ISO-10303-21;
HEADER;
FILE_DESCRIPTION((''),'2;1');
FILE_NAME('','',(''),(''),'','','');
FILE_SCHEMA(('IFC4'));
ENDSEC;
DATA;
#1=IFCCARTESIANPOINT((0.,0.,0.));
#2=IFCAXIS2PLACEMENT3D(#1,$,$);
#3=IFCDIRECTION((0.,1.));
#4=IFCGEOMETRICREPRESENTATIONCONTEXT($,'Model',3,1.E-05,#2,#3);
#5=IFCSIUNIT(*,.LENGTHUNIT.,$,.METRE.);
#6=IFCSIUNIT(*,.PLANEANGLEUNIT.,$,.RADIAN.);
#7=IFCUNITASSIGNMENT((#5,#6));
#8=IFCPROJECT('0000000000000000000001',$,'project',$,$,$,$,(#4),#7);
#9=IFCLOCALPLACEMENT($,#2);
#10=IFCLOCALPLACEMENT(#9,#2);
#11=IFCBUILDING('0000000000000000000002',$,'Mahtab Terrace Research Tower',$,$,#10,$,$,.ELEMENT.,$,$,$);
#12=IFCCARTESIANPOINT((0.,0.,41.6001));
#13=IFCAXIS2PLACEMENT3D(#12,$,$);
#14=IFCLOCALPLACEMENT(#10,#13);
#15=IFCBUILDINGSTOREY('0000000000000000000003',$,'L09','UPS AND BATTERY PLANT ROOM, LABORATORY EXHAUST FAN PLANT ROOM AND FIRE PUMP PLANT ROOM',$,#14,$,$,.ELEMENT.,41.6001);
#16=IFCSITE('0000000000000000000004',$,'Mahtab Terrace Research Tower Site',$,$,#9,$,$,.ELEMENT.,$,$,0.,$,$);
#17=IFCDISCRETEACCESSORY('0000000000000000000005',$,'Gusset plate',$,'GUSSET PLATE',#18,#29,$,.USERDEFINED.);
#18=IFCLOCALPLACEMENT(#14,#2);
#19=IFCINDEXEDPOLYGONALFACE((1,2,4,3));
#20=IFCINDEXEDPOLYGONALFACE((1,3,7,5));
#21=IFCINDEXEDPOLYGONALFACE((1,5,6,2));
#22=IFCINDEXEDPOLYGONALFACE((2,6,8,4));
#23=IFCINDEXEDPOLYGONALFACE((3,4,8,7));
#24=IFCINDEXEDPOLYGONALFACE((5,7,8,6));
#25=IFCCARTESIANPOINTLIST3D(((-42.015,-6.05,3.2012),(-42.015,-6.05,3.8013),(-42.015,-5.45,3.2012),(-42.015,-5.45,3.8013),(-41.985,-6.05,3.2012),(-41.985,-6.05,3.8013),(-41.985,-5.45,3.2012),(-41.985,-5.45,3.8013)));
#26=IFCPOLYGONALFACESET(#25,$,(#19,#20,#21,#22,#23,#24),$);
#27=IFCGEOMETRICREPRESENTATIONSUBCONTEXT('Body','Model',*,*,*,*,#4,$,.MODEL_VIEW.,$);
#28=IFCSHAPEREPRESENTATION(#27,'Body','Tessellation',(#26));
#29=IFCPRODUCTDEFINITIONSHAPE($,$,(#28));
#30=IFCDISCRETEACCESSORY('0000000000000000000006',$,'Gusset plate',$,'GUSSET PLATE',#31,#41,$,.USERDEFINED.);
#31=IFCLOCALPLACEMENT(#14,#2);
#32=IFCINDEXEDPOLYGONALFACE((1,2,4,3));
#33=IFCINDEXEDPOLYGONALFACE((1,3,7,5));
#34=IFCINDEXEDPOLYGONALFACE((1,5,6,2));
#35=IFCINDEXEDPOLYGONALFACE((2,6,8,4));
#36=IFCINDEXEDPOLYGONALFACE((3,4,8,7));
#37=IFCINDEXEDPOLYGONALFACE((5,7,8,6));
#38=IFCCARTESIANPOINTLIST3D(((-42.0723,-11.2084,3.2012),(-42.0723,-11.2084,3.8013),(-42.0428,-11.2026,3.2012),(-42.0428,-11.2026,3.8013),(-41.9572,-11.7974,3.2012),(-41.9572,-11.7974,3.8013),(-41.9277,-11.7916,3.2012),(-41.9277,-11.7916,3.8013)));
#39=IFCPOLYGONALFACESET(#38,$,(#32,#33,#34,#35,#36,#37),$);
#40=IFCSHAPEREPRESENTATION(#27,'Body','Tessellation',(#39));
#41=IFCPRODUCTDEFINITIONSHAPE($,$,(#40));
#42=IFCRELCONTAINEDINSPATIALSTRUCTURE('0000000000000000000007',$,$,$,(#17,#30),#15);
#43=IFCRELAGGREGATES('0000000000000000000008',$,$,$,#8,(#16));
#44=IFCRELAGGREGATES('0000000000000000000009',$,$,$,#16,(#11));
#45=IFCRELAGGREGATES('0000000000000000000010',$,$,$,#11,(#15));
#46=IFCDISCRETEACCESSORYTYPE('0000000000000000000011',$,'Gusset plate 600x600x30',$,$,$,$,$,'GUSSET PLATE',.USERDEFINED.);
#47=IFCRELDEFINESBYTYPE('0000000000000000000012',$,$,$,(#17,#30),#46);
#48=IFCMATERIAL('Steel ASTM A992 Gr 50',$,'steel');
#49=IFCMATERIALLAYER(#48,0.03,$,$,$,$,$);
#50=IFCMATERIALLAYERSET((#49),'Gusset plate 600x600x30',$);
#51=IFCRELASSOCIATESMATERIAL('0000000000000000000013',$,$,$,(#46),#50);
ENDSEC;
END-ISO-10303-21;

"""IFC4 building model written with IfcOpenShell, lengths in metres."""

from ifc_helpers import new_model, si_unit, direction, frame, origin, origin_2d, place, context, subcontext, project, spatial, rectangle, extrude, material, layer, layer_set, type_object, element, save


model = new_model("IFC4")

# Units and contexts
model_context = context("Model", 3, precision=1e-05, world=origin(), true_north=direction((0.0, 1.0)))
body_context = subcontext(model_context, "Body", "Model", "MODEL_VIEW")
ifc_project = project(units=[si_unit("LENGTHUNIT", "METRE"), si_unit("PLANEANGLEUNIT", "RADIAN")], contexts=[model_context])

# Site, building, storey
site_placement = place(None, origin())
site = spatial("IfcSite", under=ifc_project, at=site_placement, Name="Mahtab Terrace Research Tower Site", CompositionType="ELEMENT", RefElevation=0.0)
building_placement = place(site_placement, origin())
building = spatial("IfcBuilding", under=site, at=building_placement, Name="Mahtab Terrace Research Tower", CompositionType="ELEMENT")
storey_placement = place(building_placement, frame((0.0, 0.0, 41.6001)))
storey = spatial("IfcBuildingStorey", under=building, at=storey_placement, Name="L09", Description="UPS AND BATTERY PLANT ROOM, LABORATORY EXHAUST FAN PLANT ROOM AND FIRE PUMP PLANT ROOM", CompositionType="ELEMENT", Elevation=41.6001)

# Shared definitions
ifc_material_1 = material(Name="Steel ASTM A992 Gr 50", Category="steel")

# Discrete accessories
ifc_layer_1 = layer(ifc_material_1, 0.03)
ifc_layer_set_1 = layer_set([ifc_layer_1], Name="Gusset plate 600x600x30")
discrete_accessory_type_1 = type_object("IfcDiscreteAccessoryType", Name="Gusset plate 600x600x30", ElementType="GUSSET PLATE", PredefinedType="USERDEFINED", material=ifc_layer_set_1)
for number, where, z_axis, x_axis, name in (
    (1, (-42.0, -5.75, 3.2012), (0.0, 0.0, 1.0), (0.0, 1.0, 0.0), "Gusset plate"),
    (2, (-42.0, -11.5, 3.2012), (0.0, 0.0, 1.0), (-0.19182, 0.98143, 0.0), "Gusset plate"),
):
    element("IfcDiscreteAccessory", number, at=place(storey_placement, frame(where, z_axis=z_axis, x_axis=x_axis)), inside=storey, type_object=discrete_accessory_type_1, Name=name, ObjectType="GUSSET PLATE", PredefinedType="USERDEFINED", context=body_context, shape_type="SweptSolid", body=[
        extrude(rectangle(XDim=0.6001, YDim=0.03, at=origin_2d()), origin(), (0.0, 0.0, 1.0), 0.6001),
    ])

save(model, "model.ifc")
